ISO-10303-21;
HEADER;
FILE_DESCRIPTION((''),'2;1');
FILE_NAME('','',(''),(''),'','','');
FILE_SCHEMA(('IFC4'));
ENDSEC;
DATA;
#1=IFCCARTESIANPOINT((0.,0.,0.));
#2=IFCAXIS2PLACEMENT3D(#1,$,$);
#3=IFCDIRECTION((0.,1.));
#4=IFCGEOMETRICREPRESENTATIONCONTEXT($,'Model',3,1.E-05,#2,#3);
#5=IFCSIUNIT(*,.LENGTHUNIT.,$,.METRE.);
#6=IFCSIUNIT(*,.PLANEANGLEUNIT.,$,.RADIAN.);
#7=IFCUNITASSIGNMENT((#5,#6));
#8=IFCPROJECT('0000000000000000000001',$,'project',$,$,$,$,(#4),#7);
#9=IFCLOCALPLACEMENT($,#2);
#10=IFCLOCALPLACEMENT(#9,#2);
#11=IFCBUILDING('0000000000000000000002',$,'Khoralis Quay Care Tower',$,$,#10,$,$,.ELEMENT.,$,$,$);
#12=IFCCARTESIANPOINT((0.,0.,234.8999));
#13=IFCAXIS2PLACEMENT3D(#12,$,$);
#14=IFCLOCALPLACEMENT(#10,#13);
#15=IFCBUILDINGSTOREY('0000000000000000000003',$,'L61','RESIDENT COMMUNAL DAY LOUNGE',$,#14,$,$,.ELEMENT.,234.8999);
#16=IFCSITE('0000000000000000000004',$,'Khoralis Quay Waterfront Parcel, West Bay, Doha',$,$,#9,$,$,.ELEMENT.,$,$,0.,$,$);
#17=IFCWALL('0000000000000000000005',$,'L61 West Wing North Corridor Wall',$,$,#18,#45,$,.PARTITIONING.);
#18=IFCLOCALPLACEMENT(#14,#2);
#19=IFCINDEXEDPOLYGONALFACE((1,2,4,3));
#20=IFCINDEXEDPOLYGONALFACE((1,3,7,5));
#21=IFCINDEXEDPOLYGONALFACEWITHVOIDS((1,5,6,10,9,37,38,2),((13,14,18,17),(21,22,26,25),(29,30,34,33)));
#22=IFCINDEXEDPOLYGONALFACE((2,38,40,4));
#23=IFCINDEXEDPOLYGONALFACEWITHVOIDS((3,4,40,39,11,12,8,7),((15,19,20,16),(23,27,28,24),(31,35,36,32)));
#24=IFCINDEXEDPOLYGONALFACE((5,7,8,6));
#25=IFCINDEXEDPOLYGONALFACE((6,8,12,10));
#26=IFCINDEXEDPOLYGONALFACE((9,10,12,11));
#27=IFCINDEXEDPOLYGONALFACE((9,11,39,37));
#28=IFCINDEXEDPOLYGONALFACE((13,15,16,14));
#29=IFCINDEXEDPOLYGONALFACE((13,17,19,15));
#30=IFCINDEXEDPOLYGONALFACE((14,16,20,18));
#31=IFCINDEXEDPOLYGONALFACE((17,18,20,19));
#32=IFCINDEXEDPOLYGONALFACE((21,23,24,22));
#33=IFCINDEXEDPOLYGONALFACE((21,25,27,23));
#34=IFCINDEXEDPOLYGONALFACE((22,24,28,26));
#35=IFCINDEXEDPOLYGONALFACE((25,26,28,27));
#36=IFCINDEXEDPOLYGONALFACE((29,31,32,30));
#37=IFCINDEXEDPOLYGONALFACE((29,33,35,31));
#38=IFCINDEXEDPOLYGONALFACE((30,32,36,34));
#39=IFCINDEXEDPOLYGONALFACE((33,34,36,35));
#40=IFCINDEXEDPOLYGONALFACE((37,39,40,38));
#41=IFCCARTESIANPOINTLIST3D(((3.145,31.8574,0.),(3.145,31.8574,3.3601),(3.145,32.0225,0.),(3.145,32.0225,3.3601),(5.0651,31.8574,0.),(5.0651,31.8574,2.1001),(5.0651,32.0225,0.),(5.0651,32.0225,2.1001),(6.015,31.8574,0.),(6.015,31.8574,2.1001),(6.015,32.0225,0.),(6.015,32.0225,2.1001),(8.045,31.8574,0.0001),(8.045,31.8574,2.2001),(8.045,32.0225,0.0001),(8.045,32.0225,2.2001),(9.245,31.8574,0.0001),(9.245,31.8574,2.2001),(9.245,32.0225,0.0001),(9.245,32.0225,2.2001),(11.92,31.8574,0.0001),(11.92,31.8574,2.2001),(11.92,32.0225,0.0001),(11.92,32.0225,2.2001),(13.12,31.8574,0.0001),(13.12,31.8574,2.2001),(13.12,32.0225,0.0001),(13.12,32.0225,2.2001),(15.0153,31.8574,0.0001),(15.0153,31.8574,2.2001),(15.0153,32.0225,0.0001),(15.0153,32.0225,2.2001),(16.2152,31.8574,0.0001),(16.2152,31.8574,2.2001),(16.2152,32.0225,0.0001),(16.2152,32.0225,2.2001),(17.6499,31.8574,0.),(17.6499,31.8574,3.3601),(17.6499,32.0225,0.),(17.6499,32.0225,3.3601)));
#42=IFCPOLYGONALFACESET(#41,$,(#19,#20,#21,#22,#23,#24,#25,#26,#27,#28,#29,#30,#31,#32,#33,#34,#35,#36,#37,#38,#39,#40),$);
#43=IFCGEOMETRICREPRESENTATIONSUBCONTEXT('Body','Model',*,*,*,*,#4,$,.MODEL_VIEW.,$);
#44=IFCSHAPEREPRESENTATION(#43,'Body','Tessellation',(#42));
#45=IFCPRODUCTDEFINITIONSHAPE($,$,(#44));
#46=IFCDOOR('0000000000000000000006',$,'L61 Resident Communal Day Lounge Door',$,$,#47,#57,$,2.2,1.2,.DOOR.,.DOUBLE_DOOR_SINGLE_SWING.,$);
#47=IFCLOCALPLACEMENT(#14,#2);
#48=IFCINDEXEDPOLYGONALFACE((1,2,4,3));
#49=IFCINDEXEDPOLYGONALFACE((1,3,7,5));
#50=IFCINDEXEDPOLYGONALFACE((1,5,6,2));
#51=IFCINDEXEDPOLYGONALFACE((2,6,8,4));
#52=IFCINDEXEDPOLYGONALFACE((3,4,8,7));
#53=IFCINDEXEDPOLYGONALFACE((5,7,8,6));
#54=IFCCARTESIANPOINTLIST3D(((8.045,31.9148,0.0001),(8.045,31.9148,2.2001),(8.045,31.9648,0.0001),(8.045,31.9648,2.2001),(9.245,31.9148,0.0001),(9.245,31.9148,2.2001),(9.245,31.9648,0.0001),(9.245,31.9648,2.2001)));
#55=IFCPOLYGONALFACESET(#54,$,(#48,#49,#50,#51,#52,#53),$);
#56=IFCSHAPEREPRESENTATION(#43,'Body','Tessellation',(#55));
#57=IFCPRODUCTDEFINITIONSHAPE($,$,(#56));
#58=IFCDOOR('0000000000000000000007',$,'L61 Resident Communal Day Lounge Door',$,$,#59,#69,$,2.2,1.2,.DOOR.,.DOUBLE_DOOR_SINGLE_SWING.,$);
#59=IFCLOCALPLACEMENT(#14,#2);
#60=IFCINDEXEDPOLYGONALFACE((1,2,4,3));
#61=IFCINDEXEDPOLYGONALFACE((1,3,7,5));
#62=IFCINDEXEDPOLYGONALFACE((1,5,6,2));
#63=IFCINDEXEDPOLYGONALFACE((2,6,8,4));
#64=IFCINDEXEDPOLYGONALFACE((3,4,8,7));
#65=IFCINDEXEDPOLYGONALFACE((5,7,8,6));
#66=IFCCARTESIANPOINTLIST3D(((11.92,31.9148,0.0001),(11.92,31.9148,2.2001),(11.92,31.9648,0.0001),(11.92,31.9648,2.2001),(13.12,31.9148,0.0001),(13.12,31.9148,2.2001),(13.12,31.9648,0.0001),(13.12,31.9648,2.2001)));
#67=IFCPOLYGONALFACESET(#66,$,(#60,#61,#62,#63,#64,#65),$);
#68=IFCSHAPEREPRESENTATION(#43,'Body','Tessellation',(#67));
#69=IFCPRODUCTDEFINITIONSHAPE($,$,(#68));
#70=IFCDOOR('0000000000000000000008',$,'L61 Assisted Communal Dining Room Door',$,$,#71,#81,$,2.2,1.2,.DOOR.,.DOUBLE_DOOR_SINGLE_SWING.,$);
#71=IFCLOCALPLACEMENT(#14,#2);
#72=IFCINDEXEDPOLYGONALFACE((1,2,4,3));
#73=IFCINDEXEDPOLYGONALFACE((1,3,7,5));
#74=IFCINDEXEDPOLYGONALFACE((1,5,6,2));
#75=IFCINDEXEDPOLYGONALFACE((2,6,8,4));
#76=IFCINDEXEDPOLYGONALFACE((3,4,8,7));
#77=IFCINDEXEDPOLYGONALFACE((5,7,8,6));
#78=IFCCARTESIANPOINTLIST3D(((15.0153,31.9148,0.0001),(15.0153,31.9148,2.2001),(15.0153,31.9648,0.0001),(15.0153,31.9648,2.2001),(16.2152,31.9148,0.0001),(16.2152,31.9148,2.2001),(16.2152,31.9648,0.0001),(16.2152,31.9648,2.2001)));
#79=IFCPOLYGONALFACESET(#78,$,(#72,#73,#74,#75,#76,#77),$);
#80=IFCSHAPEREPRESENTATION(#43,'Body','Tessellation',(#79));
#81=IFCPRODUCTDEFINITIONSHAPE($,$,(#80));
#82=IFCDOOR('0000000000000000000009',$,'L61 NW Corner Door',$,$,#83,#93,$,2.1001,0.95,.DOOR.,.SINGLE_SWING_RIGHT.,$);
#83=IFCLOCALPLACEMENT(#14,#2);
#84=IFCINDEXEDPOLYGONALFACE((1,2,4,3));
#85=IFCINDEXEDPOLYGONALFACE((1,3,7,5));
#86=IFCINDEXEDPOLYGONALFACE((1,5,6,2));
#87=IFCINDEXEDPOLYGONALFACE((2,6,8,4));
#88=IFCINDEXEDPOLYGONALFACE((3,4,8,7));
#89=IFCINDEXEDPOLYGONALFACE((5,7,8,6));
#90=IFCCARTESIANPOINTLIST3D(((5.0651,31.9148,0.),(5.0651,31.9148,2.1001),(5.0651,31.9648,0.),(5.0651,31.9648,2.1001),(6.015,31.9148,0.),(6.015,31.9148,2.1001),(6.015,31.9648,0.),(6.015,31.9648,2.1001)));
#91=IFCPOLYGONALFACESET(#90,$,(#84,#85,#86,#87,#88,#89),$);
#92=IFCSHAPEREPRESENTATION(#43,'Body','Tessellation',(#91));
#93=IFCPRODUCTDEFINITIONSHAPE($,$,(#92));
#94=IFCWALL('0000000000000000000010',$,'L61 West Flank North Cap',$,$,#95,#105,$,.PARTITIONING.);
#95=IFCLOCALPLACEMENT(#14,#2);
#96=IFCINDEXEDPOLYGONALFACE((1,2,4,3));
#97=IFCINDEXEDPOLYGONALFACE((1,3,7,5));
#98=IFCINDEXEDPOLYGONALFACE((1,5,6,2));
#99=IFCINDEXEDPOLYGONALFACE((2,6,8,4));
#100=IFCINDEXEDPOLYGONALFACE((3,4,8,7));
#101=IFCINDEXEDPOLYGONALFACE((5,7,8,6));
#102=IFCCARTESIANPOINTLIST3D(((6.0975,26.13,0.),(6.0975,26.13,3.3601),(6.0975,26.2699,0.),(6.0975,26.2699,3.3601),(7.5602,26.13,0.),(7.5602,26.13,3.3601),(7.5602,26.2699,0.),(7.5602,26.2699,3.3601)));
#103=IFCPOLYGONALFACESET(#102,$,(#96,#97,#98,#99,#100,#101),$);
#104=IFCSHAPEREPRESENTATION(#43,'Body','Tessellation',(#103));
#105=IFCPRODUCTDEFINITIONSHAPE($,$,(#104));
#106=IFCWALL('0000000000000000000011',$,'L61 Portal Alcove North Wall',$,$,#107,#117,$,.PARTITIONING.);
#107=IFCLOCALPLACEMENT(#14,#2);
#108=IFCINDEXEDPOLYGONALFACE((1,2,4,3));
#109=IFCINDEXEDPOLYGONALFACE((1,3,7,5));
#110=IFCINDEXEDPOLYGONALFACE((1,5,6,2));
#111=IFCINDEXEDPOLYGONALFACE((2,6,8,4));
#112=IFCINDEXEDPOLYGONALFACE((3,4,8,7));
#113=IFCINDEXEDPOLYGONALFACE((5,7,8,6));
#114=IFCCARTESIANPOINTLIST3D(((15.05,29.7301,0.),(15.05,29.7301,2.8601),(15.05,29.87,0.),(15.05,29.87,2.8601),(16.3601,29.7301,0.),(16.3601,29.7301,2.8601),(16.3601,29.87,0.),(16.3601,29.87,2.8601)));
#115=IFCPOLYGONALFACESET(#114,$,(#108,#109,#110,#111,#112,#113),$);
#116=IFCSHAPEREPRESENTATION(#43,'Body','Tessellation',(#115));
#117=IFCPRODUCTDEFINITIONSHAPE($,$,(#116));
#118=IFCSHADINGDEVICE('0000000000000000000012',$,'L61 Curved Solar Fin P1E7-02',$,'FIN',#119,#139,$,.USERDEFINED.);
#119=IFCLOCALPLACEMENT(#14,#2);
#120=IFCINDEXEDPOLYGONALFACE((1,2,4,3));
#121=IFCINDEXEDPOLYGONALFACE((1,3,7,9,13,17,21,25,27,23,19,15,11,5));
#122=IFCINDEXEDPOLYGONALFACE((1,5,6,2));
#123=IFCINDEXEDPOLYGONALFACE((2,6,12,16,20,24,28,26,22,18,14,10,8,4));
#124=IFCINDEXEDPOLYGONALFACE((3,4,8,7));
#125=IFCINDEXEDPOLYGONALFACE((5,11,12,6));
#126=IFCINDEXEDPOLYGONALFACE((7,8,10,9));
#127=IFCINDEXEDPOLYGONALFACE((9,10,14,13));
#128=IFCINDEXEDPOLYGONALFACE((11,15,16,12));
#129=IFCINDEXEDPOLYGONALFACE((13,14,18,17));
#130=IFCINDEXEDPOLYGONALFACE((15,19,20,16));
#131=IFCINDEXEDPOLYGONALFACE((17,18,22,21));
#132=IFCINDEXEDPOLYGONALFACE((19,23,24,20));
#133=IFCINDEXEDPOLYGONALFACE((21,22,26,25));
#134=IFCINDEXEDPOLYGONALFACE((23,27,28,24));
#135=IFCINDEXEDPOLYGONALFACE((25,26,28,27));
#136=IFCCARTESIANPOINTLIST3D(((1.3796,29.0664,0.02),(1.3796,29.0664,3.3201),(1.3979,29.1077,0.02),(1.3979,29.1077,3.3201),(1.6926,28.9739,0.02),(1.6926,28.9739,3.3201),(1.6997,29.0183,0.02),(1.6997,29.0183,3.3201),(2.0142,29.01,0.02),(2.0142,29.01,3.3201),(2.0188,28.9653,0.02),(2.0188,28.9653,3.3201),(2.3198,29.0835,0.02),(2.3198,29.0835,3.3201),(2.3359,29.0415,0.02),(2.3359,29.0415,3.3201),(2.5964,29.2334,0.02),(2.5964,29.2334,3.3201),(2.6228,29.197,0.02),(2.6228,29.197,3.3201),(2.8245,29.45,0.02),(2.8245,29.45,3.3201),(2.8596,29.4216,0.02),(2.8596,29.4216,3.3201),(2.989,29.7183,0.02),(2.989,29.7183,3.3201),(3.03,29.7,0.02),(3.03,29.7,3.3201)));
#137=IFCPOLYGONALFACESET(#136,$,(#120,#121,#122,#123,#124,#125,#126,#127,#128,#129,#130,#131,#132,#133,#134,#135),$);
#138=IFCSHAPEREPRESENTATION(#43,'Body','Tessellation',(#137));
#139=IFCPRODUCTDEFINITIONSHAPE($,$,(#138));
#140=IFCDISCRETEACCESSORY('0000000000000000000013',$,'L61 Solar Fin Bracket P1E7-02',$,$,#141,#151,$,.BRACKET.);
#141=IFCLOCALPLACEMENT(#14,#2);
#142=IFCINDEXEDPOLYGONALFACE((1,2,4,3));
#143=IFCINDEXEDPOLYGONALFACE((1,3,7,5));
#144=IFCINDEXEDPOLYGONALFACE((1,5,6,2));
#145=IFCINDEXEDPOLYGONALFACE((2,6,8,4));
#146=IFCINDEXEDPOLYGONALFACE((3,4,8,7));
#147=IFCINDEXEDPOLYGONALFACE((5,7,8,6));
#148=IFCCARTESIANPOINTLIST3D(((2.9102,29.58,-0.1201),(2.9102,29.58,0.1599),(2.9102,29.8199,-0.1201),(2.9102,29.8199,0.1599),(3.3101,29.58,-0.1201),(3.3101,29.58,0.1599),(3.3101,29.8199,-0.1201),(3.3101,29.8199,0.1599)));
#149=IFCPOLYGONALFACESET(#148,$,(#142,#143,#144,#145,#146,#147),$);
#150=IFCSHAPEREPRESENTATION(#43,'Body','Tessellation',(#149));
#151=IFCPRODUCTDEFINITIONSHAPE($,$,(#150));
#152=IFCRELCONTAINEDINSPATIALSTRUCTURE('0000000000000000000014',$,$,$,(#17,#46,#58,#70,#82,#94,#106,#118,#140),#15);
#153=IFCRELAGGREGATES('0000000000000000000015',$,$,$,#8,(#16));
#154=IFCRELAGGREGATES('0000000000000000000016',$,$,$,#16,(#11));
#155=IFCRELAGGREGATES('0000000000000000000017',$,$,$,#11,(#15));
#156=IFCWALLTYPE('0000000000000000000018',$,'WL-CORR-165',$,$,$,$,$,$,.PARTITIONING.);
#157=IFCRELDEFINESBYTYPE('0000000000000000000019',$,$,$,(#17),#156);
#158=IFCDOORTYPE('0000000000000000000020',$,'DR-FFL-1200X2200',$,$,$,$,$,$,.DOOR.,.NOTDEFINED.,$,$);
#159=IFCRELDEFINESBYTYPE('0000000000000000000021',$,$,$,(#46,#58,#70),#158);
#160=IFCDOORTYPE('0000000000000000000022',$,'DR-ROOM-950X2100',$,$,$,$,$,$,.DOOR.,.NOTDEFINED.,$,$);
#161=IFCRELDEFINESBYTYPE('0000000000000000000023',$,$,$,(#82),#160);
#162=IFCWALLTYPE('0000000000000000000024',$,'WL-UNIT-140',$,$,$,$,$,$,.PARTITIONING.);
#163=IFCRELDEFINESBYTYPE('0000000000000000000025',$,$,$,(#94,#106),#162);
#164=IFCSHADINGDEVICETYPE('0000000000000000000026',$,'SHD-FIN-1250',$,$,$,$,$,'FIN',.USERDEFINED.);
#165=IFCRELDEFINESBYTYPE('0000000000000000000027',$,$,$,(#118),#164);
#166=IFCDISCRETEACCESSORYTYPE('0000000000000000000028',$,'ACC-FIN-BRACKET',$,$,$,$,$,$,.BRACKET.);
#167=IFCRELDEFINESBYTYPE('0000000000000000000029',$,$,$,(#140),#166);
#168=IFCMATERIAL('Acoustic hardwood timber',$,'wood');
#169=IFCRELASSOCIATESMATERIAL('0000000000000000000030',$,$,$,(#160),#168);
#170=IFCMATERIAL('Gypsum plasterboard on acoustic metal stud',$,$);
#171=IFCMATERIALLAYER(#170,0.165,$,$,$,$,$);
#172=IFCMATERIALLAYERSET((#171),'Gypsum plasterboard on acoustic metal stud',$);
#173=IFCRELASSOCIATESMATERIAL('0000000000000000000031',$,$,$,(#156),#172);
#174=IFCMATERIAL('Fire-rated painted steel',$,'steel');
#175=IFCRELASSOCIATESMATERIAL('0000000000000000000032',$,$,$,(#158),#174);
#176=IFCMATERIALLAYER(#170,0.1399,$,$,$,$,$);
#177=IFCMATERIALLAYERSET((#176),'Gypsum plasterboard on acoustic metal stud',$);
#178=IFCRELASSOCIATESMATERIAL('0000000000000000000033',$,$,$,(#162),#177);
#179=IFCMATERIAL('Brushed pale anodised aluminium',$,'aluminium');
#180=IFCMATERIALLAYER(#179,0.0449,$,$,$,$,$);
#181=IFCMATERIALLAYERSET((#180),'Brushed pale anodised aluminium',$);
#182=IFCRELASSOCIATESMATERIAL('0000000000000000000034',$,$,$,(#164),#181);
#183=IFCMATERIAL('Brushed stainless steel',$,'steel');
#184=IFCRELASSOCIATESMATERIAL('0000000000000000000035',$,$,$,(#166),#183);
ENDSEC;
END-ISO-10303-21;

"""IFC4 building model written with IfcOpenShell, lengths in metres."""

from ifc_helpers import new_model, si_unit, direction, frame, frame_2d, origin, origin_2d, place, context, subcontext, project, spatial, polyline, rectangle, outline, extrude, source, transform, mapped, material, layer, layer_set, type_object, element, fill, save


model = new_model("IFC4")

# Units and contexts
model_context = context("Model", 3, precision=1e-05, world=origin(), true_north=direction((0.0, 1.0)))
body_context = subcontext(model_context, "Body", "Model", "MODEL_VIEW")
ifc_project = project(units=[si_unit("LENGTHUNIT", "METRE"), si_unit("PLANEANGLEUNIT", "RADIAN")], contexts=[model_context])

# Site, building, storey
site_placement = place(None, origin())
site = spatial("IfcSite", under=ifc_project, at=site_placement, Name="Khoralis Quay Waterfront Parcel, West Bay, Doha", CompositionType="ELEMENT", RefElevation=0.0)
building_placement = place(site_placement, origin())
building = spatial("IfcBuilding", under=site, at=building_placement, Name="Khoralis Quay Care Tower", CompositionType="ELEMENT")
storey_placement = place(building_placement, frame((0.0, 0.0, 234.8999)))
storey = spatial("IfcBuildingStorey", under=building, at=storey_placement, Name="L61", Description="RESIDENT COMMUNAL DAY LOUNGE", CompositionType="ELEMENT", Elevation=234.8999)

# Shared definitions
ifc_material_1 = material(Name="Brushed stainless steel", Category="steel")
ifc_material_2 = material(Name="Acoustic hardwood timber", Category="wood")
door_type_1 = type_object("IfcDoorType", Name="DR-ROOM-950X2100", OperationType="NOTDEFINED", PredefinedType="DOOR", material=ifc_material_2)
shared_shape_1 = source(origin(), body_context, "Body", "SweptSolid", [
    extrude(rectangle(XDim=0.95, YDim=2.1001, at=frame_2d((0.4751, 1.05))), frame((0.0, 0.0249, 0.0), z_axis=(0.0, -1.0, 0.0), x_axis=(1.0, 0.0, 0.0)), (0.0, 0.0, 1.0), 0.05),
])

# Shared definitions
ifc_material_3 = material(Name="Gypsum plasterboard on acoustic metal stud")
ifc_layer_1 = layer(ifc_material_3, 0.165)
ifc_layer_set_1 = layer_set([ifc_layer_1], Name="Gypsum plasterboard on acoustic metal stud")
wall_type_1 = type_object("IfcWallType", Name="WL-CORR-165", PredefinedType="PARTITIONING", material=ifc_layer_set_1)
ifc_material_4 = material(Name="Fire-rated painted steel", Category="steel")
door_type_2 = type_object("IfcDoorType", Name="DR-FFL-1200X2200", OperationType="NOTDEFINED", PredefinedType="DOOR", material=ifc_material_4)
shared_shape_2 = source(origin(), body_context, "Body", "SweptSolid", [
    extrude(rectangle(XDim=1.2, YDim=2.2, at=frame_2d((0.6001, 1.1001))), frame((0.0, 0.0249, 0.0), z_axis=(0.0, -1.0, 0.0), x_axis=(1.0, 0.0, 0.0)), (0.0, 0.0, 1.0), 0.05),
])

# Wall, openings, doors
wall_1_placement = place(storey_placement, frame((3.145, 31.9399, 0.0), z_axis=(0.0, 0.0, 1.0), x_axis=(1.0, 0.0, 0.0)))
wall_1 = element("IfcWall", 1, at=wall_1_placement, inside=storey, type_object=wall_type_1, Name="L61 West Wing North Corridor Wall", PredefinedType="PARTITIONING", context=body_context, shape_type="SweptSolid", body=[
    extrude(rectangle(XDim=14.5049, YDim=0.165, at=frame_2d((7.2524, 0.0))), origin(), (0.0, 0.0, 1.0), 3.3601),
])
opening_1_placement = place(wall_1_placement, frame((4.8999, 0.0, 0.0)))
opening_1 = element("IfcOpeningElement", 2, at=opening_1_placement, cuts=wall_1, PredefinedType="OPENING", context=body_context, shape_type="SweptSolid", body=[
    extrude(rectangle(XDim=1.2, YDim=2.2, at=frame_2d((0.6001, 1.1001))), frame((0.0, 0.0925, 0.0), z_axis=(0.0, -1.0, 0.0), x_axis=(1.0, 0.0, 0.0)), (0.0, 0.0, 1.0), 0.1851),
])
opening_2_placement = place(wall_1_placement, frame((8.7749, 0.0, 0.0)))
opening_2 = element("IfcOpeningElement", 3, at=opening_2_placement, cuts=wall_1, PredefinedType="OPENING", context=body_context, shape_type="SweptSolid", body=[
    extrude(rectangle(XDim=1.2, YDim=2.2, at=frame_2d((0.6001, 1.1001))), frame((0.0, 0.0925, 0.0), z_axis=(0.0, -1.0, 0.0), x_axis=(1.0, 0.0, 0.0)), (0.0, 0.0, 1.0), 0.1851),
])
opening_3_placement = place(wall_1_placement, frame((11.8701, 0.0, 0.0)))
opening_3 = element("IfcOpeningElement", 4, at=opening_3_placement, cuts=wall_1, PredefinedType="OPENING", context=body_context, shape_type="SweptSolid", body=[
    extrude(rectangle(XDim=1.2, YDim=2.2, at=frame_2d((0.6001, 1.1001))), frame((0.0, 0.0925, 0.0), z_axis=(0.0, -1.0, 0.0), x_axis=(1.0, 0.0, 0.0)), (0.0, 0.0, 1.0), 0.1851),
])
opening_4_placement = place(wall_1_placement, frame((1.9199, 0.0, 0.0)))
opening_4 = element("IfcOpeningElement", 5, at=opening_4_placement, cuts=wall_1, PredefinedType="OPENING", context=body_context, shape_type="SweptSolid", body=[
    extrude(rectangle(XDim=0.95, YDim=2.1001, at=frame_2d((0.4751, 1.05))), frame((0.0, 0.0925, 0.0), z_axis=(0.0, -1.0, 0.0), x_axis=(1.0, 0.0, 0.0)), (0.0, 0.0, 1.0), 0.1851),
])
door_1_placement = place(opening_1_placement, origin())
door_1 = element("IfcDoor", 6, at=door_1_placement, inside=storey, type_object=door_type_2, Name="L61 Resident Communal Day Lounge Door", OperationType="DOUBLE_DOOR_SINGLE_SWING", OverallHeight=2.2, OverallWidth=1.2, PredefinedType="DOOR", context=body_context, shape_type="MappedRepresentation", body=[
    mapped(shared_shape_2, transform((0.0, 0.0, 0.0), scale=1.0)),
])
fill(opening_1, door_1)
door_2_placement = place(opening_2_placement, origin())
door_2 = element("IfcDoor", 7, at=door_2_placement, inside=storey, type_object=door_type_2, Name="L61 Resident Communal Day Lounge Door", OperationType="DOUBLE_DOOR_SINGLE_SWING", OverallHeight=2.2, OverallWidth=1.2, PredefinedType="DOOR", context=body_context, shape_type="MappedRepresentation", body=[
    mapped(shared_shape_2, transform((0.0, 0.0, 0.0), scale=1.0)),
])
fill(opening_2, door_2)
door_3_placement = place(opening_3_placement, origin())
door_3 = element("IfcDoor", 8, at=door_3_placement, inside=storey, type_object=door_type_2, Name="L61 Assisted Communal Dining Room Door", OperationType="DOUBLE_DOOR_SINGLE_SWING", OverallHeight=2.2, OverallWidth=1.2, PredefinedType="DOOR", context=body_context, shape_type="MappedRepresentation", body=[
    mapped(shared_shape_2, transform((0.0, 0.0, 0.0), scale=1.0)),
])
fill(opening_3, door_3)
door_4_placement = place(opening_4_placement, origin())
door_4 = element("IfcDoor", 9, at=door_4_placement, inside=storey, type_object=door_type_1, Name="L61 NW Corner Door", OperationType="SINGLE_SWING_RIGHT", OverallHeight=2.1001, OverallWidth=0.95, PredefinedType="DOOR", context=body_context, shape_type="MappedRepresentation", body=[
    mapped(shared_shape_1, transform((0.0, 0.0, 0.0), scale=1.0)),
])
fill(opening_4, door_4)

# Walls
ifc_layer_2 = layer(ifc_material_3, 0.1399)
ifc_layer_set_2 = layer_set([ifc_layer_2], Name="Gypsum plasterboard on acoustic metal stud")
wall_type_2 = type_object("IfcWallType", Name="WL-UNIT-140", PredefinedType="PARTITIONING", material=ifc_layer_set_2)
wall_2_placement = place(storey_placement, frame((6.0974, 26.2, 0.0), z_axis=(0.0, 0.0, 1.0), x_axis=(1.0, 0.0, 0.0)))
element("IfcWall", 10, at=wall_2_placement, inside=storey, type_object=wall_type_2, Name="L61 West Flank North Cap", PredefinedType="PARTITIONING", context=body_context, shape_type="SweptSolid", body=[
    extrude(rectangle(XDim=1.4626, YDim=0.1399, at=frame_2d((0.7314, 0.0))), origin(), (0.0, 0.0, 1.0), 3.3601),
])
wall_3_placement = place(storey_placement, frame((15.05, 29.8, 0.0), z_axis=(0.0, 0.0, 1.0), x_axis=(1.0, 0.0, 0.0)))
element("IfcWall", 11, at=wall_3_placement, inside=storey, type_object=wall_type_2, Name="L61 Portal Alcove North Wall", PredefinedType="PARTITIONING", context=body_context, shape_type="SweptSolid", body=[
    extrude(rectangle(XDim=1.3101, YDim=0.1399, at=frame_2d((0.655, 0.0))), origin(), (0.0, 0.0, 1.0), 2.8601),
])

# Shading device
ifc_material_5 = material(Name="Brushed pale anodised aluminium", Category="aluminium")
ifc_layer_3 = layer(ifc_material_5, 0.0449)
ifc_layer_set_3 = layer_set([ifc_layer_3], Name="Brushed pale anodised aluminium")
shading_device_type = type_object("IfcShadingDeviceType", Name="SHD-FIN-1250", ElementType="FIN", PredefinedType="USERDEFINED", material=ifc_layer_set_3)
shared_shape_3 = source(origin(), body_context, "Body", "SweptSolid", [
    extrude(outline(polyline([(0.0, 0.0), (0.1704, 0.2783), (0.4072, 0.5029), (0.6941, 0.6584), (1.0112, 0.7346), (1.3374, 0.7261), (1.6504, 0.6335), (1.6321, 0.5923), (1.3303, 0.6816), (1.0159, 0.6899), (0.7102, 0.6165), (0.4336, 0.4666), (0.2056, 0.25), (0.041, -0.0183), (0.0, 0.0)])), origin(), (0.0, 0.0, 1.0), 3.3),
])
shading_device_placement = place(storey_placement, frame((3.03, 29.7, 0.02), z_axis=(0.0, 0.0, 1.0), x_axis=(-1.0, 0.0, 0.0)))
element("IfcShadingDevice", 12, at=shading_device_placement, inside=storey, type_object=shading_device_type, Name="L61 Curved Solar Fin P1E7-02", ObjectType="FIN", PredefinedType="USERDEFINED", context=body_context, shape_type="MappedRepresentation", body=[
    mapped(shared_shape_3, transform((0.0, 0.0, 0.0), scale=1.0)),
])

# Discrete accessory
discrete_accessory_type = type_object("IfcDiscreteAccessoryType", Name="ACC-FIN-BRACKET", PredefinedType="BRACKET", material=ifc_material_1)
shared_shape_4 = source(origin(), body_context, "Body", "SweptSolid", [
    extrude(rectangle(XDim=0.3999, YDim=0.24, at=origin_2d()), origin(), (0.0, 0.0, 1.0), 0.28),
])
discrete_accessory_placement = place(storey_placement, frame((3.1101, 29.7, -0.1201), z_axis=(0.0, 0.0, 1.0), x_axis=(-1.0, 0.0, 0.0)))
element("IfcDiscreteAccessory", 13, at=discrete_accessory_placement, inside=storey, type_object=discrete_accessory_type, Name="L61 Solar Fin Bracket P1E7-02", PredefinedType="BRACKET", context=body_context, shape_type="MappedRepresentation", body=[
    mapped(shared_shape_4, transform((0.0, 0.0, 0.0), scale=1.0)),
])

save(model, "model.ifc")
